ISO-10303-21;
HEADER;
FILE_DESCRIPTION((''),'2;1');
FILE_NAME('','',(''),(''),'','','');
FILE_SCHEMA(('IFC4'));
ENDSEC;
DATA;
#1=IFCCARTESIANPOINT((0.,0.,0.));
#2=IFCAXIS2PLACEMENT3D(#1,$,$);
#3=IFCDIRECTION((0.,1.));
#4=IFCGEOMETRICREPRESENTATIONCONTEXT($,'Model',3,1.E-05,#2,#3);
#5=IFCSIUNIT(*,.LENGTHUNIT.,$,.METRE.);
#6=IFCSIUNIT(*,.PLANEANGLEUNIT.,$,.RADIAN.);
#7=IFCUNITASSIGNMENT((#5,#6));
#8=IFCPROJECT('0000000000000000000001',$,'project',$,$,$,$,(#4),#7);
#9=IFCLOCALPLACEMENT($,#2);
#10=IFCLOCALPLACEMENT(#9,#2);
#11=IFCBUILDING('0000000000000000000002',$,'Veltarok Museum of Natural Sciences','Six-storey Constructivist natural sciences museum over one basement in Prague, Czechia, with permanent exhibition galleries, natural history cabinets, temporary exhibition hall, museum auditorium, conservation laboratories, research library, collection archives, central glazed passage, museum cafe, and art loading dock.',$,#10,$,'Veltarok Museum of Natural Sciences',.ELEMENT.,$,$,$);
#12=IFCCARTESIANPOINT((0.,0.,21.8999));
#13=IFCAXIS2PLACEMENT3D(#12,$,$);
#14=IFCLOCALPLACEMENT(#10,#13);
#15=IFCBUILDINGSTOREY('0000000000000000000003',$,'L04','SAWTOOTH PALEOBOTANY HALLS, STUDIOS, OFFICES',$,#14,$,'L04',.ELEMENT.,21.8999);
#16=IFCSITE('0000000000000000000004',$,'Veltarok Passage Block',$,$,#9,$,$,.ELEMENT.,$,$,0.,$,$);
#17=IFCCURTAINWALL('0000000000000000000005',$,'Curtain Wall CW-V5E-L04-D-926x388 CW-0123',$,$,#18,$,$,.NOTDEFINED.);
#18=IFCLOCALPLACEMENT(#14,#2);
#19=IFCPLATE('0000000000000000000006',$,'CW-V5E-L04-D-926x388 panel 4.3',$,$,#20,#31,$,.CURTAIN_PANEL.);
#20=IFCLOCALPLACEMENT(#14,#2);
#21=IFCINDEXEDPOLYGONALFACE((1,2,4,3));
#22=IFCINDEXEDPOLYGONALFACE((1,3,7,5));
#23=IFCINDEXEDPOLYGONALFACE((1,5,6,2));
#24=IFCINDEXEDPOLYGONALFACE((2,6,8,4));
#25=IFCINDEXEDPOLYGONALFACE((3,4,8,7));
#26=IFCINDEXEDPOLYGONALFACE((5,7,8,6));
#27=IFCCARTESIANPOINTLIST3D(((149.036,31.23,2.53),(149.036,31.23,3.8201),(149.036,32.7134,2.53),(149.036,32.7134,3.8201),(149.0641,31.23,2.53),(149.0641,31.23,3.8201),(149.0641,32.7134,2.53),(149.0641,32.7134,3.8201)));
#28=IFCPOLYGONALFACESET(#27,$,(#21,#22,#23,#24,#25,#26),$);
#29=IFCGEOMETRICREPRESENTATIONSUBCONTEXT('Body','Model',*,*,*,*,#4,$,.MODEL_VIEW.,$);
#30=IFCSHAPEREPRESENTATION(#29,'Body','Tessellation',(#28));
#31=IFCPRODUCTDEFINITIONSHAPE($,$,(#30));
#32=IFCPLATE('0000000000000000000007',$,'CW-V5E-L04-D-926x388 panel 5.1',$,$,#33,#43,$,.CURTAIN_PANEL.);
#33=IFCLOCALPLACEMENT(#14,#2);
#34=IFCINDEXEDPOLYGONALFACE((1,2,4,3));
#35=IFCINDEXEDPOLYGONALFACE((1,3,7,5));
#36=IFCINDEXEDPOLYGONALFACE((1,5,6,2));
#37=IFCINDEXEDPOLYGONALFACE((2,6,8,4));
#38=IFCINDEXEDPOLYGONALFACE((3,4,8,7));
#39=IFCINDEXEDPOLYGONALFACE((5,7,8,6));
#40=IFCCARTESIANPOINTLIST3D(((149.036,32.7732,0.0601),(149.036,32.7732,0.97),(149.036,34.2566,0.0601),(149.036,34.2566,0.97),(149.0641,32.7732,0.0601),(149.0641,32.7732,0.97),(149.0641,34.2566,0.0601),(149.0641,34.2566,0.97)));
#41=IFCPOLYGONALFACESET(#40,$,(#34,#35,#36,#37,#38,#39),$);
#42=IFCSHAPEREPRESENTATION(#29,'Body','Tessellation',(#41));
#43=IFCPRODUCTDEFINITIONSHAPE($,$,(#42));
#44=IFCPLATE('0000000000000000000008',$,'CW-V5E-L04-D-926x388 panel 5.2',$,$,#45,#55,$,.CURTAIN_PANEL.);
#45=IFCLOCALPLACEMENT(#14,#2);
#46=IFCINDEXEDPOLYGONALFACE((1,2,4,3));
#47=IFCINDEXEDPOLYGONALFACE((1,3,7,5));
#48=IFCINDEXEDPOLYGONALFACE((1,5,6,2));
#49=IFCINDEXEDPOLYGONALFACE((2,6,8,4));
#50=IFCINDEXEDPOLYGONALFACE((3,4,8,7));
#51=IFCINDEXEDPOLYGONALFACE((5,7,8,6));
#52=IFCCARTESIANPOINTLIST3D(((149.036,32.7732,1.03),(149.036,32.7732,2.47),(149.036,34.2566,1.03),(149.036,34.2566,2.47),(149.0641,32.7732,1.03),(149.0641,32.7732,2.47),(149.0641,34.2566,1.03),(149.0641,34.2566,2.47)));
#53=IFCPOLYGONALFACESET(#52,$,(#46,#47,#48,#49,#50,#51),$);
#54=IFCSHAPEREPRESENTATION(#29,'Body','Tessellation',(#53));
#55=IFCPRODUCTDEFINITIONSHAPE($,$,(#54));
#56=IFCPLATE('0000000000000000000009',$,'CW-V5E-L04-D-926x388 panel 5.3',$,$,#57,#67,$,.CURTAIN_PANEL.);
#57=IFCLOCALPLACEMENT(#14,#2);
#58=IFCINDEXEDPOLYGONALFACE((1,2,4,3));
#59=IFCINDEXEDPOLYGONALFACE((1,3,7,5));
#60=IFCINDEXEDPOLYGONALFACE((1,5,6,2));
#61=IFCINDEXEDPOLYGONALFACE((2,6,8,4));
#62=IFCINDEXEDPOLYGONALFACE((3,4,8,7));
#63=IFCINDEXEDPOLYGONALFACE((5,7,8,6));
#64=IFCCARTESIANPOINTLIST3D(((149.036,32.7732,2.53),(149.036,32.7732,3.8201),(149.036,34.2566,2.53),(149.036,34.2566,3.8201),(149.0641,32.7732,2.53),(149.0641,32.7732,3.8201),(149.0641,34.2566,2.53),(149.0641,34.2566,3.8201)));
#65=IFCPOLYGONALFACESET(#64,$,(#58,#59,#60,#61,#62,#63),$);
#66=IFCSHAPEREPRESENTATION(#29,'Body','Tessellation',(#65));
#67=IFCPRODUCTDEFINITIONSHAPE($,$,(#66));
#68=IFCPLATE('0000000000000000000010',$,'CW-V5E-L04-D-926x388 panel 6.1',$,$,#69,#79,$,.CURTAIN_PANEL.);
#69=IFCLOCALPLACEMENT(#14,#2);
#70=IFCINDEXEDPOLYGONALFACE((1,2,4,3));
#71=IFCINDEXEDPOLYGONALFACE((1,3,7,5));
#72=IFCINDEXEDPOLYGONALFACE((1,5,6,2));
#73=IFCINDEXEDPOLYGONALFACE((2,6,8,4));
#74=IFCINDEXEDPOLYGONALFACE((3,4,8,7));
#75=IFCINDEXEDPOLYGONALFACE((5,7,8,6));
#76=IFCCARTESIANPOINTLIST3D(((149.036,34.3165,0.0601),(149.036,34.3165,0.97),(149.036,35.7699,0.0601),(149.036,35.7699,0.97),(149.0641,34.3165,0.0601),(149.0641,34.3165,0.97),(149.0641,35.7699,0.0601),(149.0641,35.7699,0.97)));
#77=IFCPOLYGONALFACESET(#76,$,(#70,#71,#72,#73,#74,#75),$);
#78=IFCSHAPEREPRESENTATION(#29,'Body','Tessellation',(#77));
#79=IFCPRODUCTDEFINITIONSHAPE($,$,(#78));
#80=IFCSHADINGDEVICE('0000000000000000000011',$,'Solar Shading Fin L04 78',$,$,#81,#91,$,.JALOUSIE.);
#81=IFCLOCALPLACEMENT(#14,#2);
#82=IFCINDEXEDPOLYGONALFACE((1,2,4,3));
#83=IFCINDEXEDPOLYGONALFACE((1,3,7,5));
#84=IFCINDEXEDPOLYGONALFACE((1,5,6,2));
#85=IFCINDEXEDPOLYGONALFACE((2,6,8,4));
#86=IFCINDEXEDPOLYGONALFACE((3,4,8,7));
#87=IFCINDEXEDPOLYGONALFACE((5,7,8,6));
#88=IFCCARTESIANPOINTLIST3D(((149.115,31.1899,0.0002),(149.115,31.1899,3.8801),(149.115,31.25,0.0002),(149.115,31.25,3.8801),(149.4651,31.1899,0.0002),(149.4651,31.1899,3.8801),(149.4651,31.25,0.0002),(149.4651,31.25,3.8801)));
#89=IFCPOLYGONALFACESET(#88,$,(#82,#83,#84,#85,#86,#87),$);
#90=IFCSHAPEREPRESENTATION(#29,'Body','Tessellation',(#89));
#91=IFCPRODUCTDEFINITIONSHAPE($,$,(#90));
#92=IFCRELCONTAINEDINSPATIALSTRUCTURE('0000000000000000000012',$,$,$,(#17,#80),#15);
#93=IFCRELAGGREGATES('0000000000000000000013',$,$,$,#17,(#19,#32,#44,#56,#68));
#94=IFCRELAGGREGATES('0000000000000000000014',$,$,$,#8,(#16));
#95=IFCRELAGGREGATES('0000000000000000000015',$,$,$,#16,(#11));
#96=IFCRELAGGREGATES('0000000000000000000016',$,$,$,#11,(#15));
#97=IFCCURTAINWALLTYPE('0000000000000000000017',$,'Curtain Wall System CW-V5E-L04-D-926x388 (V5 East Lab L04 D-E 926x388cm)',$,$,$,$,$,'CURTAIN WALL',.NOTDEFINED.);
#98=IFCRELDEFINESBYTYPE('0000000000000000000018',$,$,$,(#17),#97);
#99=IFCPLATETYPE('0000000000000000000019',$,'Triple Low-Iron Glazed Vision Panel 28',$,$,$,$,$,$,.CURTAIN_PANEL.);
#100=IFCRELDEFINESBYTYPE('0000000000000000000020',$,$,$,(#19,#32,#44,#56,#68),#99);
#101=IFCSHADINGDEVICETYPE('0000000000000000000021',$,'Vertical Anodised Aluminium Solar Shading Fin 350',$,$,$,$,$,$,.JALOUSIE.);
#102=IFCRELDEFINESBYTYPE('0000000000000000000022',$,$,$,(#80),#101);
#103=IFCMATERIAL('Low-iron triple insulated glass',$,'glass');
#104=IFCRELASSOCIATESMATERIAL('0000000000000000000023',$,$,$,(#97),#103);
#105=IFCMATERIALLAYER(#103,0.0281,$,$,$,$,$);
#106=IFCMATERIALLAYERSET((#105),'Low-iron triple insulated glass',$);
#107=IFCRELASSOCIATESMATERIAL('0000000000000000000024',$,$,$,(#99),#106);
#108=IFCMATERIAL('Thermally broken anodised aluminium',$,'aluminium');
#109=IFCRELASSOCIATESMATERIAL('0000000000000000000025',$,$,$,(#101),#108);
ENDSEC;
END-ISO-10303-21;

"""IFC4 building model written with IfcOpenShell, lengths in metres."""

from ifc_helpers import new_model, si_unit, direction, frame, origin, origin_2d, place, context, subcontext, project, spatial, rectangle, extrude, material, layer, layer_set, type_object, element, aggregate, save


model = new_model("IFC4")

# Units and contexts
model_context = context("Model", 3, precision=1e-05, world=origin(), true_north=direction((0.0, 1.0)))
body_context = subcontext(model_context, "Body", "Model", "MODEL_VIEW")
ifc_project = project(units=[si_unit("LENGTHUNIT", "METRE"), si_unit("PLANEANGLEUNIT", "RADIAN")], contexts=[model_context])

# Site, building, storey
site_placement = place(None, origin())
site = spatial("IfcSite", under=ifc_project, at=site_placement, Name="Veltarok Passage Block", CompositionType="ELEMENT", RefElevation=0.0)
building_placement = place(site_placement, origin())
building = spatial("IfcBuilding", under=site, at=building_placement, Name="Veltarok Museum of Natural Sciences", Description="Six-storey Constructivist natural sciences museum over one basement in Prague, Czechia, with permanent exhibition galleries, natural history cabinets, temporary exhibition hall, museum auditorium, conservation laboratories, research library, collection archives, central glazed passage, museum cafe, and art loading dock.", LongName="Veltarok Museum of Natural Sciences", CompositionType="ELEMENT")
storey_placement = place(building_placement, frame((0.0, 0.0, 21.8999)))
storey = spatial("IfcBuildingStorey", under=building, at=storey_placement, Name="L04", Description="SAWTOOTH PALEOBOTANY HALLS, STUDIOS, OFFICES", LongName="L04", CompositionType="ELEMENT", Elevation=21.8999)

# Curtain wall, plates
ifc_material_1 = material(Name="Low-iron triple insulated glass", Category="glass")
curtain_wall_type = type_object("IfcCurtainWallType", Name="Curtain Wall System CW-V5E-L04-D-926x388 (V5 East Lab L04 D-E 926x388cm)", ElementType="CURTAIN WALL", PredefinedType="NOTDEFINED", material=ifc_material_1)
curtain_wall_placement = place(storey_placement, origin())
curtain_wall = element("IfcCurtainWall", 1, at=curtain_wall_placement, inside=storey, type_object=curtain_wall_type, Name="Curtain Wall CW-V5E-L04-D-926x388 CW-0123", PredefinedType="NOTDEFINED")
ifc_material_2 = material(Name="Thermally broken anodised aluminium", Category="aluminium")
ifc_layer = layer(ifc_material_1, 0.0281)
ifc_layer_set = layer_set([ifc_layer], Name="Low-iron triple insulated glass")
plate_type = type_object("IfcPlateType", Name="Triple Low-Iron Glazed Vision Panel 28", PredefinedType="CURTAIN_PANEL", material=ifc_layer_set)
plate_1_placement = place(storey_placement, frame((149.05, 31.9717, 2.53), z_axis=(0.0, 0.0, 1.0), x_axis=(0.0, 1.0, 0.0)))
plate_1 = element("IfcPlate", 2, at=plate_1_placement, type_object=plate_type, Name="CW-V5E-L04-D-926x388 panel 4.3", PredefinedType="CURTAIN_PANEL", context=body_context, shape_type="SweptSolid", body=[
    extrude(rectangle(XDim=1.4834, YDim=0.0281, at=origin_2d()), origin(), (0.0, 0.0, 1.0), 1.29),
])
plate_2_placement = place(storey_placement, frame((149.05, 33.5149, 0.0601), z_axis=(0.0, 0.0, 1.0), x_axis=(0.0, 1.0, 0.0)))
plate_2 = element("IfcPlate", 3, at=plate_2_placement, type_object=plate_type, Name="CW-V5E-L04-D-926x388 panel 5.1", PredefinedType="CURTAIN_PANEL", context=body_context, shape_type="SweptSolid", body=[
    extrude(rectangle(XDim=1.4834, YDim=0.0281, at=origin_2d()), origin(), (0.0, 0.0, 1.0), 0.9099),
])
plate_3_placement = place(storey_placement, frame((149.05, 33.5149, 1.03), z_axis=(0.0, 0.0, 1.0), x_axis=(0.0, 1.0, 0.0)))
plate_3 = element("IfcPlate", 4, at=plate_3_placement, type_object=plate_type, Name="CW-V5E-L04-D-926x388 panel 5.2", PredefinedType="CURTAIN_PANEL", context=body_context, shape_type="SweptSolid", body=[
    extrude(rectangle(XDim=1.4834, YDim=0.0281, at=origin_2d()), origin(), (0.0, 0.0, 1.0), 1.4399),
])
plate_4_placement = place(storey_placement, frame((149.05, 33.5149, 2.53), z_axis=(0.0, 0.0, 1.0), x_axis=(0.0, 1.0, 0.0)))
plate_4 = element("IfcPlate", 5, at=plate_4_placement, type_object=plate_type, Name="CW-V5E-L04-D-926x388 panel 5.3", PredefinedType="CURTAIN_PANEL", context=body_context, shape_type="SweptSolid", body=[
    extrude(rectangle(XDim=1.4834, YDim=0.0281, at=origin_2d()), origin(), (0.0, 0.0, 1.0), 1.29),
])
plate_5_placement = place(storey_placement, frame((149.05, 35.0432, 0.0601), z_axis=(0.0, 0.0, 1.0), x_axis=(0.0, 1.0, 0.0)))
plate_5 = element("IfcPlate", 6, at=plate_5_placement, type_object=plate_type, Name="CW-V5E-L04-D-926x388 panel 6.1", PredefinedType="CURTAIN_PANEL", context=body_context, shape_type="SweptSolid", body=[
    extrude(rectangle(XDim=1.4534, YDim=0.0281, at=origin_2d()), origin(), (0.0, 0.0, 1.0), 0.9099),
])
aggregate(curtain_wall, [plate_1, plate_2, plate_3, plate_4, plate_5])

# Shading device
shading_device_type = type_object("IfcShadingDeviceType", Name="Vertical Anodised Aluminium Solar Shading Fin 350", PredefinedType="JALOUSIE", material=ifc_material_2)
shading_device_placement = place(storey_placement, frame((149.29, 31.22, 0.0002), z_axis=(0.0, 0.0, 1.0), x_axis=(1.0, 0.0, 0.0)))
element("IfcShadingDevice", 7, at=shading_device_placement, inside=storey, type_object=shading_device_type, Name="Solar Shading Fin L04 78", PredefinedType="JALOUSIE", context=body_context, shape_type="SweptSolid", body=[
    extrude(rectangle(XDim=0.3501, YDim=0.0601, at=origin_2d()), origin(), (0.0, 0.0, 1.0), 3.8799),
])

save(model, "model.ifc")
